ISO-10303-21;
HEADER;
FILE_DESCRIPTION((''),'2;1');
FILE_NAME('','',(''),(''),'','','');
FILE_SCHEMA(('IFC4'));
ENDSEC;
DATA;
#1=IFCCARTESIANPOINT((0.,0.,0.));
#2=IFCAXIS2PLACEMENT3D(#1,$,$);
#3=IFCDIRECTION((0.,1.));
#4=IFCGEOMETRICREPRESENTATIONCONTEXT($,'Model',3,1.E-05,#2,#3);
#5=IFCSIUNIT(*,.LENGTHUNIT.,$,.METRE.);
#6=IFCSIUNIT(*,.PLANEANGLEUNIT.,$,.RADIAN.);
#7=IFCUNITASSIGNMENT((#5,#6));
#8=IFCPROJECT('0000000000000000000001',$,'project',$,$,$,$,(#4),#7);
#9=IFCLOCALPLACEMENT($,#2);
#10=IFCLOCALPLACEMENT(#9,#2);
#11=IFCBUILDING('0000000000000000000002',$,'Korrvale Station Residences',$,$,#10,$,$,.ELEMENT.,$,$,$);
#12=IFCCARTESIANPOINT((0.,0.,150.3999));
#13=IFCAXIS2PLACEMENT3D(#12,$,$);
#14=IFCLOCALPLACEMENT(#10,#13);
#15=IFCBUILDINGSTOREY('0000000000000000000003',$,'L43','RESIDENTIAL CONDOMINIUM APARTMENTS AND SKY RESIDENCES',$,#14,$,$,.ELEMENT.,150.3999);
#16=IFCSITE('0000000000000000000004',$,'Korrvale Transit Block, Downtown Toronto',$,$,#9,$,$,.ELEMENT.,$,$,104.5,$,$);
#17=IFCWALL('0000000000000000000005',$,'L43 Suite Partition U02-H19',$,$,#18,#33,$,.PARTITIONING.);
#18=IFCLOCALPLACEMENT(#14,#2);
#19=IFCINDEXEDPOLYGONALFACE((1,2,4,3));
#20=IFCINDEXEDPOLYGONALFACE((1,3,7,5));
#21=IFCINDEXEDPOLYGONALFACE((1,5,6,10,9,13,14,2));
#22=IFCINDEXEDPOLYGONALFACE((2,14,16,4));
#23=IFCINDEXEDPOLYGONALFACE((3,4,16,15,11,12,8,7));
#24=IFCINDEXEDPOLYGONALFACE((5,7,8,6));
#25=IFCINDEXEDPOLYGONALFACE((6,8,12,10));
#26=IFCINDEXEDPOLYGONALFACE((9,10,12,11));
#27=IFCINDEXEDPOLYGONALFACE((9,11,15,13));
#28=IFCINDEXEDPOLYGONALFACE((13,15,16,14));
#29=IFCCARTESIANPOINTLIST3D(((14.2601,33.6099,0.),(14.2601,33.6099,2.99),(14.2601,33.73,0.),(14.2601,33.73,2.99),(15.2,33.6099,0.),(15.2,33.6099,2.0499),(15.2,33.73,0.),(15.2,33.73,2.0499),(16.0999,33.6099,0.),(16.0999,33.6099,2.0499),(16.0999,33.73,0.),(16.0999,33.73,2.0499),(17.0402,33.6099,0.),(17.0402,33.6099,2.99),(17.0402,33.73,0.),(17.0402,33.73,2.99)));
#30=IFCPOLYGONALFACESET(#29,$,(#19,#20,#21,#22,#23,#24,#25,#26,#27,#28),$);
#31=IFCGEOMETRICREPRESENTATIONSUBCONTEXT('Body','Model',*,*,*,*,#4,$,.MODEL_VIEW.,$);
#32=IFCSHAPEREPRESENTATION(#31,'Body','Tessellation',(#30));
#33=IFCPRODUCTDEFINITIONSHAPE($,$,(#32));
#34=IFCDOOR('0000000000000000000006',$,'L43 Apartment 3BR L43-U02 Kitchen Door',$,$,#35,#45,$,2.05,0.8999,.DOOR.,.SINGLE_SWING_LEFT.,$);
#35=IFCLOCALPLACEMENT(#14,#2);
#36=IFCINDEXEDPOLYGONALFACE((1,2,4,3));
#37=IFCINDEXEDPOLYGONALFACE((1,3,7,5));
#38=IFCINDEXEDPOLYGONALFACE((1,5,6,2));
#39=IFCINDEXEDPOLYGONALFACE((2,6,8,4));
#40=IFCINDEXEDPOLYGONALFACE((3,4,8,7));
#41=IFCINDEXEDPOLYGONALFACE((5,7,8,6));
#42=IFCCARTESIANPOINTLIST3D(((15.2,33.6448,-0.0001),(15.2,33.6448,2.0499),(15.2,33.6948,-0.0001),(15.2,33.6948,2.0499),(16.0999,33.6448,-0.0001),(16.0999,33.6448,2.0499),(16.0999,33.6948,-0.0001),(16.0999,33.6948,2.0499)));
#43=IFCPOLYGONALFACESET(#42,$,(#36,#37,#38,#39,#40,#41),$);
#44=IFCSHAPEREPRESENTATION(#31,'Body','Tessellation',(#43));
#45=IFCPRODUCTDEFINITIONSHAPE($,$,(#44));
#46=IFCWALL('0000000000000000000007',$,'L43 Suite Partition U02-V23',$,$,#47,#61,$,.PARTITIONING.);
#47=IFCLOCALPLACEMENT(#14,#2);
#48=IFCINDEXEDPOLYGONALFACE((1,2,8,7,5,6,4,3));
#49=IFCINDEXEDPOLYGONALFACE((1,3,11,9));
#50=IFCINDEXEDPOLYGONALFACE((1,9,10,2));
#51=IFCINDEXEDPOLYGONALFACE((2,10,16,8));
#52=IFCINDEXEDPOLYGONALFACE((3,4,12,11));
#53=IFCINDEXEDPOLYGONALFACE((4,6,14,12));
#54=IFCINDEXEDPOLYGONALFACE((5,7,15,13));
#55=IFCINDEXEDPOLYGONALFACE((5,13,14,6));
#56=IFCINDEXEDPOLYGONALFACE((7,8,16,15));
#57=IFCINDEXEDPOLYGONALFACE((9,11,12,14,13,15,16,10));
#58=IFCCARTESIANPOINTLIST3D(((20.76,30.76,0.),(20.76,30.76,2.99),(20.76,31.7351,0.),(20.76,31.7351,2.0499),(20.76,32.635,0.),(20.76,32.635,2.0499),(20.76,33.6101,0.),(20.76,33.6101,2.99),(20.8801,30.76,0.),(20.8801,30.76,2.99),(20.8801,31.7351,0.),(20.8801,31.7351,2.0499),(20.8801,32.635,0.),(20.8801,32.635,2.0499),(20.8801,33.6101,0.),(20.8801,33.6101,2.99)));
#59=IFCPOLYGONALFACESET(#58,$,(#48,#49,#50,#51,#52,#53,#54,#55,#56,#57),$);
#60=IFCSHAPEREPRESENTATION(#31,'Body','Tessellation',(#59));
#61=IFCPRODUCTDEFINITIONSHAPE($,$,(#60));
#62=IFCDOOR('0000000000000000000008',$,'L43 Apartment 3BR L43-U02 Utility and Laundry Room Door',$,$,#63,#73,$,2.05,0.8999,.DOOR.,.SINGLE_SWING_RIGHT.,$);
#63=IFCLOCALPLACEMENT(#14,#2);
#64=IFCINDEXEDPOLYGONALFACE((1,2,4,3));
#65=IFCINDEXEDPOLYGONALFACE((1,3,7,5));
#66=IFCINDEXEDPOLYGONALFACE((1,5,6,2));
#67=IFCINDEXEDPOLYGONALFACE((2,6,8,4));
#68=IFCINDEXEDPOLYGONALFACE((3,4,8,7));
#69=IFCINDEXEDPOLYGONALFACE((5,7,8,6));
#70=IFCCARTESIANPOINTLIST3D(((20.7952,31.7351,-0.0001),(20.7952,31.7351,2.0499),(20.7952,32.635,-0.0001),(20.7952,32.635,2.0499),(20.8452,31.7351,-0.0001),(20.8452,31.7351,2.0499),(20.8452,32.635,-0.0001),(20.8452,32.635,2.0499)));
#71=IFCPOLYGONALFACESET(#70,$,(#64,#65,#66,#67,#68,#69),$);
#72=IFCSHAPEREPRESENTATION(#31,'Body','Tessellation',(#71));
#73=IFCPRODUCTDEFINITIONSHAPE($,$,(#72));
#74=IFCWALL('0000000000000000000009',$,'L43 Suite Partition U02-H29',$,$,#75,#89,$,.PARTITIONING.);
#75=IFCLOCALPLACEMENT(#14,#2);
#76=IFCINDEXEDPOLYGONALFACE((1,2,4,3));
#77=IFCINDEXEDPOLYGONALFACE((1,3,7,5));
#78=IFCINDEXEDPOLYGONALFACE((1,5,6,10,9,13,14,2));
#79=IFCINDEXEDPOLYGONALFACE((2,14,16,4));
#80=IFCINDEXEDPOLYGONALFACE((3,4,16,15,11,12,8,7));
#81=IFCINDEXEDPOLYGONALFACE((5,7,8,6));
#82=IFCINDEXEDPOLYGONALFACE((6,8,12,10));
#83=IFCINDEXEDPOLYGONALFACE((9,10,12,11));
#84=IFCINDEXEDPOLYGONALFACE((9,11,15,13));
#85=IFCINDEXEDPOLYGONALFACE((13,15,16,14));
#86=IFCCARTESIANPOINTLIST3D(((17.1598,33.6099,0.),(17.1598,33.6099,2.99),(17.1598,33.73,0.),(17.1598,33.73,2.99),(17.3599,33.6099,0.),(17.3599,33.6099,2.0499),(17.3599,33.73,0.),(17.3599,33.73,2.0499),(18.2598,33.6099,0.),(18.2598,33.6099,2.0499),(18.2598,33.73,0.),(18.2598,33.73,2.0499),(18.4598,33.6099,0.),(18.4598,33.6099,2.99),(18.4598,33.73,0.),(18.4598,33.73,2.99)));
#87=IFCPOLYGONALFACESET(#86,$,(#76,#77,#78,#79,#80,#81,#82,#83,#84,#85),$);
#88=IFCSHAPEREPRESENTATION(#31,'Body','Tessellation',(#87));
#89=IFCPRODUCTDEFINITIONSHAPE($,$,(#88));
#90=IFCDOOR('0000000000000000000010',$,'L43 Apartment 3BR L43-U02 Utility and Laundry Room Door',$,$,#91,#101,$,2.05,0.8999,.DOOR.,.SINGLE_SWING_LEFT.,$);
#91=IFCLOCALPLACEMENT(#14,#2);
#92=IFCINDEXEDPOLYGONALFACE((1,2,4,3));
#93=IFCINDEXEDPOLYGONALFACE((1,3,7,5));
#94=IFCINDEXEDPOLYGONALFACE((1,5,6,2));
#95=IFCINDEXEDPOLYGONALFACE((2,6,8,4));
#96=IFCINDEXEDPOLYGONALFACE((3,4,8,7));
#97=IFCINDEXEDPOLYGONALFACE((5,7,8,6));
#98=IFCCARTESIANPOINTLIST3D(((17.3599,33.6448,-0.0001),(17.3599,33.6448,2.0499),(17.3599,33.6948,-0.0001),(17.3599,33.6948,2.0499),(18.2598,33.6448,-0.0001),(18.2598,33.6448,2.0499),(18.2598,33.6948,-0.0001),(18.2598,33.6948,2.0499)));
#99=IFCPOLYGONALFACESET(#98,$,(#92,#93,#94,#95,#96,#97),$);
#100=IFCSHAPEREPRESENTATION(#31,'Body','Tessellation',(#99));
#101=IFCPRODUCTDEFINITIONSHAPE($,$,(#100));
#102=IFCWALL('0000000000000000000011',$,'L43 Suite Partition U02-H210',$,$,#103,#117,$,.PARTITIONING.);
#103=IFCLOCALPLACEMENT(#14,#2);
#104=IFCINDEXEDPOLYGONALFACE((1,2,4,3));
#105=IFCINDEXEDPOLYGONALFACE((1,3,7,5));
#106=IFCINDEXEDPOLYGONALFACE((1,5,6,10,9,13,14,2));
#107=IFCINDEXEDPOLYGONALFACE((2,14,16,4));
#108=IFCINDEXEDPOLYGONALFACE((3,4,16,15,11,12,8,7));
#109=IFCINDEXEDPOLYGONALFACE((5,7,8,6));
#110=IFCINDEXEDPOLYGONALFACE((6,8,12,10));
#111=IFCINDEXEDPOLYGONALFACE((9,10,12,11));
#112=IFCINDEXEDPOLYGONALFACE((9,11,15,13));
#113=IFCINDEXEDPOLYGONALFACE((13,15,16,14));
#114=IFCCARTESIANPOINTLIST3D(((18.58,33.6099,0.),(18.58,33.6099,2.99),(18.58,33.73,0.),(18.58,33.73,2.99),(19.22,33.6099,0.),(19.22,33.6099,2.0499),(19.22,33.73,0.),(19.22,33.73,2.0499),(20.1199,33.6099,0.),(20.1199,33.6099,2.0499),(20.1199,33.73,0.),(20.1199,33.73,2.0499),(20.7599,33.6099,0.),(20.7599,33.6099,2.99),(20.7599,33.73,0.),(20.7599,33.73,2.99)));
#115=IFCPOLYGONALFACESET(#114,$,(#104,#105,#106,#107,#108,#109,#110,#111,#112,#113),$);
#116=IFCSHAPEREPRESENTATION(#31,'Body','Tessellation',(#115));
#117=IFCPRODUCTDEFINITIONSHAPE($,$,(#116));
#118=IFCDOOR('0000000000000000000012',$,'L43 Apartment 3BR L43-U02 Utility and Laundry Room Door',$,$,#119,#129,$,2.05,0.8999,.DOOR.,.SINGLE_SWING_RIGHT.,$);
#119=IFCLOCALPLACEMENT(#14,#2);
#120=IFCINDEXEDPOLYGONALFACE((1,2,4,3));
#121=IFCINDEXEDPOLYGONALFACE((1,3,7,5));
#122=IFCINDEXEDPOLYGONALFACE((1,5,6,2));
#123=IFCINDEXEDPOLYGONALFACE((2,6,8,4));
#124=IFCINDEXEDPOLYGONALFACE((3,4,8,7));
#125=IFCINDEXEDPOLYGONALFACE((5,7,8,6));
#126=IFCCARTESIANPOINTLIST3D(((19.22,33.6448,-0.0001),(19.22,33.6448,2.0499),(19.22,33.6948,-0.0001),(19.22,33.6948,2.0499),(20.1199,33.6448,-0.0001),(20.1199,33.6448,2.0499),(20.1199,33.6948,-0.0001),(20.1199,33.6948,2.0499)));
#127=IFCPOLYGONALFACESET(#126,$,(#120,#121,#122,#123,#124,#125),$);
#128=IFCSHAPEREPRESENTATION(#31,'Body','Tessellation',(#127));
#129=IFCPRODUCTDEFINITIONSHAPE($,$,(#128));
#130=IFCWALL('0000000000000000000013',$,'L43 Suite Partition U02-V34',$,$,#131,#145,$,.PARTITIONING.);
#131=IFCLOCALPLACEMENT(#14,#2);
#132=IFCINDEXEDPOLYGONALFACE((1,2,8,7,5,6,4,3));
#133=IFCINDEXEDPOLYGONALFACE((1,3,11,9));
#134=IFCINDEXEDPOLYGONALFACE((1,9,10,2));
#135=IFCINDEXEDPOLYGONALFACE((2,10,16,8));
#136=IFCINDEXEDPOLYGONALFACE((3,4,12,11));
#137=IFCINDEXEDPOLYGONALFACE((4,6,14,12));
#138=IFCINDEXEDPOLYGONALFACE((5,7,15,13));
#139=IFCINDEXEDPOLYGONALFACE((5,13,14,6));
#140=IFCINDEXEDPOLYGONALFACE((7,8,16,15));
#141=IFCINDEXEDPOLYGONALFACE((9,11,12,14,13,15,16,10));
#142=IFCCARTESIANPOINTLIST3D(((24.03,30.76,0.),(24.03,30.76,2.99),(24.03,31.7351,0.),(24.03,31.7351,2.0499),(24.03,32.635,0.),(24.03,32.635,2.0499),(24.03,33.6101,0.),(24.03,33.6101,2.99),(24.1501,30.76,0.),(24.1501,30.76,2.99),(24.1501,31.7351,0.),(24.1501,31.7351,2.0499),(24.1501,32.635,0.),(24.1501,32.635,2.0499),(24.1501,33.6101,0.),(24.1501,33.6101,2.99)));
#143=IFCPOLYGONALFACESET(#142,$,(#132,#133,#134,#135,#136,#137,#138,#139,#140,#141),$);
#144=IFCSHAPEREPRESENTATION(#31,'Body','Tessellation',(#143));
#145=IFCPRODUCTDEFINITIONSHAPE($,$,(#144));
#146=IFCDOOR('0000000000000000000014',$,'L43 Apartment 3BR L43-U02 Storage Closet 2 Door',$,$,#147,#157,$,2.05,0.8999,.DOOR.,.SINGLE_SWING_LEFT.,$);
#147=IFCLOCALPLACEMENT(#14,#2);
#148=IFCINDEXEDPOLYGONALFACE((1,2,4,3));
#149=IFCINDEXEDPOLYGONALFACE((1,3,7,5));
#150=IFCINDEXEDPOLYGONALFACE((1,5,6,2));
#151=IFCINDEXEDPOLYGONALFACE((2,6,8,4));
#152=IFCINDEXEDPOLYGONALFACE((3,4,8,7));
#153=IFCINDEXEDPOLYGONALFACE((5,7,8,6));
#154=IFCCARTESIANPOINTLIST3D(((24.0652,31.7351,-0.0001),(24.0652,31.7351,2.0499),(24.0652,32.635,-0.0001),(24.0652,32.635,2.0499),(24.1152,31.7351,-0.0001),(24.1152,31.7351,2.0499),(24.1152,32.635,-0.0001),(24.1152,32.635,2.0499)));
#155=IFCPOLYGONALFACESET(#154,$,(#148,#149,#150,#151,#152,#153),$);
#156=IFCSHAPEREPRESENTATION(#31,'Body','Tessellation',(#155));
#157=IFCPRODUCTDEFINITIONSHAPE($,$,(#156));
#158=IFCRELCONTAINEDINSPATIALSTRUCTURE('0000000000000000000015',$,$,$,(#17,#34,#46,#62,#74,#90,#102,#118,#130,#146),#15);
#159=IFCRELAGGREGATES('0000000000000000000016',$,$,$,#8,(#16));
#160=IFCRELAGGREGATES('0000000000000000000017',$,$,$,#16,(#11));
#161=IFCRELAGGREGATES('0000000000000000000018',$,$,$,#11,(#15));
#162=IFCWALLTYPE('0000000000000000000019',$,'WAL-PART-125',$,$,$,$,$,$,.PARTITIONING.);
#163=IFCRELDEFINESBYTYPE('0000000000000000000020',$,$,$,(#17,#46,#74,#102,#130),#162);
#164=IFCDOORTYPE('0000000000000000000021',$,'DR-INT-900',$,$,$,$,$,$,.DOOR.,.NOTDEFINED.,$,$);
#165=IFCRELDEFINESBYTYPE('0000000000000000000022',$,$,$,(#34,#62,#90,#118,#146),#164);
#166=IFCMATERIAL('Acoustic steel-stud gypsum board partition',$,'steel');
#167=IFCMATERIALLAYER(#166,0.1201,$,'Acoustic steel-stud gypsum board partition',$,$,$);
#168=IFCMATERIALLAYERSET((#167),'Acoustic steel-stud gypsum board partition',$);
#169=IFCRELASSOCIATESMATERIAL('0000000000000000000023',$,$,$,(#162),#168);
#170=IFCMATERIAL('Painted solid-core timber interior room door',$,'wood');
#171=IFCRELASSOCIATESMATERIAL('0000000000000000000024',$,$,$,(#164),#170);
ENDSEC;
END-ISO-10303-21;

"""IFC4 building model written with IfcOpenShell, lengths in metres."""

from ifc_helpers import new_model, si_unit, direction, frame, frame_2d, origin, place, context, subcontext, project, spatial, rectangle, extrude, material, layer, layer_set, type_object, element, fill, save


model = new_model("IFC4")

# Units and contexts
model_context = context("Model", 3, precision=1e-05, world=origin(), true_north=direction((0.0, 1.0)))
body_context = subcontext(model_context, "Body", "Model", "MODEL_VIEW")
ifc_project = project(units=[si_unit("LENGTHUNIT", "METRE"), si_unit("PLANEANGLEUNIT", "RADIAN")], contexts=[model_context])

# Site, building, storey
site_placement = place(None, origin())
site = spatial("IfcSite", under=ifc_project, at=site_placement, Name="Korrvale Transit Block, Downtown Toronto", CompositionType="ELEMENT", RefElevation=104.5)
building_placement = place(site_placement, origin())
building = spatial("IfcBuilding", under=site, at=building_placement, Name="Korrvale Station Residences", CompositionType="ELEMENT")
storey_placement = place(building_placement, frame((0.0, 0.0, 150.3999)))
storey = spatial("IfcBuildingStorey", under=building, at=storey_placement, Name="L43", Description="RESIDENTIAL CONDOMINIUM APARTMENTS AND SKY RESIDENCES", CompositionType="ELEMENT", Elevation=150.3999)

# Walls, openings, doors
ifc_material_1 = material(Name="Acoustic steel-stud gypsum board partition", Category="steel")
ifc_layer = layer(ifc_material_1, 0.1201, Name="Acoustic steel-stud gypsum board partition")
ifc_layer_set = layer_set([ifc_layer], Name="Acoustic steel-stud gypsum board partition")
wall_type = type_object("IfcWallType", Name="WAL-PART-125", PredefinedType="PARTITIONING", material=ifc_layer_set)
wall_1_placement = place(storey_placement, frame((14.26, 33.6699, 0.0), z_axis=(0.0, 0.0, 1.0), x_axis=(1.0, 0.0, 0.0)))
wall_1 = element("IfcWall", 1, at=wall_1_placement, inside=storey, type_object=wall_type, Name="L43 Suite Partition U02-H19", PredefinedType="PARTITIONING", context=body_context, shape_type="SweptSolid", body=[
    extrude(rectangle(XDim=2.78, YDim=0.1201, at=frame_2d((1.3901, 0.0))), origin(), (0.0, 0.0, 1.0), 2.99),
])
opening_1_placement = place(wall_1_placement, frame((0.9399, 0.0, 0.0)))
opening_1 = element("IfcOpeningElement", 2, at=opening_1_placement, cuts=wall_1, PredefinedType="OPENING", context=body_context, shape_type="SweptSolid", body=[
    extrude(rectangle(XDim=0.8999, YDim=2.05, at=frame_2d((0.45, 1.0249))), frame((0.0, 0.0701, 0.0), z_axis=(0.0, -1.0, 0.0), x_axis=(1.0, 0.0, 0.0)), (0.0, 0.0, 1.0), 0.1401),
])
ifc_material_2 = material(Name="Painted solid-core timber interior room door", Category="wood")
door_type = type_object("IfcDoorType", Name="DR-INT-900", OperationType="NOTDEFINED", PredefinedType="DOOR", material=ifc_material_2)
door_1_placement = place(opening_1_placement, origin())
door_1 = element("IfcDoor", 3, at=door_1_placement, inside=storey, type_object=door_type, Name="L43 Apartment 3BR L43-U02 Kitchen Door", OperationType="SINGLE_SWING_LEFT", OverallHeight=2.05, OverallWidth=0.8999, PredefinedType="DOOR", context=body_context, shape_type="SweptSolid", body=[
    extrude(rectangle(XDim=0.8999, YDim=2.05, at=frame_2d((0.45, 1.0249))), frame((0.0, 0.0249, 0.0), z_axis=(0.0, -1.0, 0.0), x_axis=(1.0, 0.0, 0.0)), (0.0, 0.0, 1.0), 0.05),
])
fill(opening_1, door_1)
wall_2_placement = place(storey_placement, frame((20.8201, 30.76, 0.0), z_axis=(0.0, 0.0, 1.0), x_axis=(0.0, 1.0, 0.0)))
wall_2 = element("IfcWall", 4, at=wall_2_placement, inside=storey, type_object=wall_type, Name="L43 Suite Partition U02-V23", PredefinedType="PARTITIONING", context=body_context, shape_type="SweptSolid", body=[
    extrude(rectangle(XDim=2.8501, YDim=0.1201, at=frame_2d((1.425, 0.0))), origin(), (0.0, 0.0, 1.0), 2.99),
])
opening_2_placement = place(wall_2_placement, frame((0.9751, 0.0, 0.0)))
opening_2 = element("IfcOpeningElement", 5, at=opening_2_placement, cuts=wall_2, PredefinedType="OPENING", context=body_context, shape_type="SweptSolid", body=[
    extrude(rectangle(XDim=0.8999, YDim=2.05, at=frame_2d((0.45, 1.0249))), frame((0.0, 0.0701, 0.0), z_axis=(0.0, -1.0, 0.0), x_axis=(1.0, 0.0, 0.0)), (0.0, 0.0, 1.0), 0.1401),
])
door_2_placement = place(opening_2_placement, origin())
door_2 = element("IfcDoor", 6, at=door_2_placement, inside=storey, type_object=door_type, Name="L43 Apartment 3BR L43-U02 Utility and Laundry Room Door", OperationType="SINGLE_SWING_RIGHT", OverallHeight=2.05, OverallWidth=0.8999, PredefinedType="DOOR", context=body_context, shape_type="SweptSolid", body=[
    extrude(rectangle(XDim=0.8999, YDim=2.05, at=frame_2d((0.45, 1.0249))), frame((0.0, 0.0249, 0.0), z_axis=(0.0, -1.0, 0.0), x_axis=(1.0, 0.0, 0.0)), (0.0, 0.0, 1.0), 0.05),
])
fill(opening_2, door_2)
wall_3_placement = place(storey_placement, frame((17.1599, 33.6699, 0.0), z_axis=(0.0, 0.0, 1.0), x_axis=(1.0, 0.0, 0.0)))
wall_3 = element("IfcWall", 7, at=wall_3_placement, inside=storey, type_object=wall_type, Name="L43 Suite Partition U02-H29", PredefinedType="PARTITIONING", context=body_context, shape_type="SweptSolid", body=[
    extrude(rectangle(XDim=1.3, YDim=0.1201, at=frame_2d((0.6499, 0.0))), origin(), (0.0, 0.0, 1.0), 2.99),
])
opening_3_placement = place(wall_3_placement, frame((0.2, 0.0, 0.0)))
opening_3 = element("IfcOpeningElement", 8, at=opening_3_placement, cuts=wall_3, PredefinedType="OPENING", context=body_context, shape_type="SweptSolid", body=[
    extrude(rectangle(XDim=0.8999, YDim=2.05, at=frame_2d((0.45, 1.0249))), frame((0.0, 0.0701, 0.0), z_axis=(0.0, -1.0, 0.0), x_axis=(1.0, 0.0, 0.0)), (0.0, 0.0, 1.0), 0.1401),
])
door_3_placement = place(opening_3_placement, origin())
door_3 = element("IfcDoor", 9, at=door_3_placement, inside=storey, type_object=door_type, Name="L43 Apartment 3BR L43-U02 Utility and Laundry Room Door", OperationType="SINGLE_SWING_LEFT", OverallHeight=2.05, OverallWidth=0.8999, PredefinedType="DOOR", context=body_context, shape_type="SweptSolid", body=[
    extrude(rectangle(XDim=0.8999, YDim=2.05, at=frame_2d((0.45, 1.0249))), frame((0.0, 0.0249, 0.0), z_axis=(0.0, -1.0, 0.0), x_axis=(1.0, 0.0, 0.0)), (0.0, 0.0, 1.0), 0.05),
])
fill(opening_3, door_3)
wall_4_placement = place(storey_placement, frame((18.5801, 33.6699, 0.0), z_axis=(0.0, 0.0, 1.0), x_axis=(1.0, 0.0, 0.0)))
wall_4 = element("IfcWall", 10, at=wall_4_placement, inside=storey, type_object=wall_type, Name="L43 Suite Partition U02-H210", PredefinedType="PARTITIONING", context=body_context, shape_type="SweptSolid", body=[
    extrude(rectangle(XDim=2.1799, YDim=0.1201, at=frame_2d((1.0898, 0.0))), origin(), (0.0, 0.0, 1.0), 2.99),
])
opening_4_placement = place(wall_4_placement, frame((0.6399, 0.0, 0.0)))
opening_4 = element("IfcOpeningElement", 11, at=opening_4_placement, cuts=wall_4, PredefinedType="OPENING", context=body_context, shape_type="SweptSolid", body=[
    extrude(rectangle(XDim=0.8999, YDim=2.05, at=frame_2d((0.45, 1.0249))), frame((0.0, 0.0701, 0.0), z_axis=(0.0, -1.0, 0.0), x_axis=(1.0, 0.0, 0.0)), (0.0, 0.0, 1.0), 0.1401),
])
door_4_placement = place(opening_4_placement, origin())
door_4 = element("IfcDoor", 12, at=door_4_placement, inside=storey, type_object=door_type, Name="L43 Apartment 3BR L43-U02 Utility and Laundry Room Door", OperationType="SINGLE_SWING_RIGHT", OverallHeight=2.05, OverallWidth=0.8999, PredefinedType="DOOR", context=body_context, shape_type="SweptSolid", body=[
    extrude(rectangle(XDim=0.8999, YDim=2.05, at=frame_2d((0.45, 1.0249))), frame((0.0, 0.0249, 0.0), z_axis=(0.0, -1.0, 0.0), x_axis=(1.0, 0.0, 0.0)), (0.0, 0.0, 1.0), 0.05),
])
fill(opening_4, door_4)
wall_5_placement = place(storey_placement, frame((24.0901, 30.76, 0.0), z_axis=(0.0, 0.0, 1.0), x_axis=(0.0, 1.0, 0.0)))
wall_5 = element("IfcWall", 13, at=wall_5_placement, inside=storey, type_object=wall_type, Name="L43 Suite Partition U02-V34", PredefinedType="PARTITIONING", context=body_context, shape_type="SweptSolid", body=[
    extrude(rectangle(XDim=2.8501, YDim=0.1201, at=frame_2d((1.425, 0.0))), origin(), (0.0, 0.0, 1.0), 2.99),
])
opening_5_placement = place(wall_5_placement, frame((0.9751, 0.0, 0.0)))
opening_5 = element("IfcOpeningElement", 14, at=opening_5_placement, cuts=wall_5, PredefinedType="OPENING", context=body_context, shape_type="SweptSolid", body=[
    extrude(rectangle(XDim=0.8999, YDim=2.05, at=frame_2d((0.45, 1.0249))), frame((0.0, 0.0701, 0.0), z_axis=(0.0, -1.0, 0.0), x_axis=(1.0, 0.0, 0.0)), (0.0, 0.0, 1.0), 0.1401),
])
door_5_placement = place(opening_5_placement, origin())
door_5 = element("IfcDoor", 15, at=door_5_placement, inside=storey, type_object=door_type, Name="L43 Apartment 3BR L43-U02 Storage Closet 2 Door", OperationType="SINGLE_SWING_LEFT", OverallHeight=2.05, OverallWidth=0.8999, PredefinedType="DOOR", context=body_context, shape_type="SweptSolid", body=[
    extrude(rectangle(XDim=0.8999, YDim=2.05, at=frame_2d((0.45, 1.0249))), frame((0.0, 0.0249, 0.0), z_axis=(0.0, -1.0, 0.0), x_axis=(1.0, 0.0, 0.0)), (0.0, 0.0, 1.0), 0.05),
])
fill(opening_5, door_5)

save(model, "model.ifc")
